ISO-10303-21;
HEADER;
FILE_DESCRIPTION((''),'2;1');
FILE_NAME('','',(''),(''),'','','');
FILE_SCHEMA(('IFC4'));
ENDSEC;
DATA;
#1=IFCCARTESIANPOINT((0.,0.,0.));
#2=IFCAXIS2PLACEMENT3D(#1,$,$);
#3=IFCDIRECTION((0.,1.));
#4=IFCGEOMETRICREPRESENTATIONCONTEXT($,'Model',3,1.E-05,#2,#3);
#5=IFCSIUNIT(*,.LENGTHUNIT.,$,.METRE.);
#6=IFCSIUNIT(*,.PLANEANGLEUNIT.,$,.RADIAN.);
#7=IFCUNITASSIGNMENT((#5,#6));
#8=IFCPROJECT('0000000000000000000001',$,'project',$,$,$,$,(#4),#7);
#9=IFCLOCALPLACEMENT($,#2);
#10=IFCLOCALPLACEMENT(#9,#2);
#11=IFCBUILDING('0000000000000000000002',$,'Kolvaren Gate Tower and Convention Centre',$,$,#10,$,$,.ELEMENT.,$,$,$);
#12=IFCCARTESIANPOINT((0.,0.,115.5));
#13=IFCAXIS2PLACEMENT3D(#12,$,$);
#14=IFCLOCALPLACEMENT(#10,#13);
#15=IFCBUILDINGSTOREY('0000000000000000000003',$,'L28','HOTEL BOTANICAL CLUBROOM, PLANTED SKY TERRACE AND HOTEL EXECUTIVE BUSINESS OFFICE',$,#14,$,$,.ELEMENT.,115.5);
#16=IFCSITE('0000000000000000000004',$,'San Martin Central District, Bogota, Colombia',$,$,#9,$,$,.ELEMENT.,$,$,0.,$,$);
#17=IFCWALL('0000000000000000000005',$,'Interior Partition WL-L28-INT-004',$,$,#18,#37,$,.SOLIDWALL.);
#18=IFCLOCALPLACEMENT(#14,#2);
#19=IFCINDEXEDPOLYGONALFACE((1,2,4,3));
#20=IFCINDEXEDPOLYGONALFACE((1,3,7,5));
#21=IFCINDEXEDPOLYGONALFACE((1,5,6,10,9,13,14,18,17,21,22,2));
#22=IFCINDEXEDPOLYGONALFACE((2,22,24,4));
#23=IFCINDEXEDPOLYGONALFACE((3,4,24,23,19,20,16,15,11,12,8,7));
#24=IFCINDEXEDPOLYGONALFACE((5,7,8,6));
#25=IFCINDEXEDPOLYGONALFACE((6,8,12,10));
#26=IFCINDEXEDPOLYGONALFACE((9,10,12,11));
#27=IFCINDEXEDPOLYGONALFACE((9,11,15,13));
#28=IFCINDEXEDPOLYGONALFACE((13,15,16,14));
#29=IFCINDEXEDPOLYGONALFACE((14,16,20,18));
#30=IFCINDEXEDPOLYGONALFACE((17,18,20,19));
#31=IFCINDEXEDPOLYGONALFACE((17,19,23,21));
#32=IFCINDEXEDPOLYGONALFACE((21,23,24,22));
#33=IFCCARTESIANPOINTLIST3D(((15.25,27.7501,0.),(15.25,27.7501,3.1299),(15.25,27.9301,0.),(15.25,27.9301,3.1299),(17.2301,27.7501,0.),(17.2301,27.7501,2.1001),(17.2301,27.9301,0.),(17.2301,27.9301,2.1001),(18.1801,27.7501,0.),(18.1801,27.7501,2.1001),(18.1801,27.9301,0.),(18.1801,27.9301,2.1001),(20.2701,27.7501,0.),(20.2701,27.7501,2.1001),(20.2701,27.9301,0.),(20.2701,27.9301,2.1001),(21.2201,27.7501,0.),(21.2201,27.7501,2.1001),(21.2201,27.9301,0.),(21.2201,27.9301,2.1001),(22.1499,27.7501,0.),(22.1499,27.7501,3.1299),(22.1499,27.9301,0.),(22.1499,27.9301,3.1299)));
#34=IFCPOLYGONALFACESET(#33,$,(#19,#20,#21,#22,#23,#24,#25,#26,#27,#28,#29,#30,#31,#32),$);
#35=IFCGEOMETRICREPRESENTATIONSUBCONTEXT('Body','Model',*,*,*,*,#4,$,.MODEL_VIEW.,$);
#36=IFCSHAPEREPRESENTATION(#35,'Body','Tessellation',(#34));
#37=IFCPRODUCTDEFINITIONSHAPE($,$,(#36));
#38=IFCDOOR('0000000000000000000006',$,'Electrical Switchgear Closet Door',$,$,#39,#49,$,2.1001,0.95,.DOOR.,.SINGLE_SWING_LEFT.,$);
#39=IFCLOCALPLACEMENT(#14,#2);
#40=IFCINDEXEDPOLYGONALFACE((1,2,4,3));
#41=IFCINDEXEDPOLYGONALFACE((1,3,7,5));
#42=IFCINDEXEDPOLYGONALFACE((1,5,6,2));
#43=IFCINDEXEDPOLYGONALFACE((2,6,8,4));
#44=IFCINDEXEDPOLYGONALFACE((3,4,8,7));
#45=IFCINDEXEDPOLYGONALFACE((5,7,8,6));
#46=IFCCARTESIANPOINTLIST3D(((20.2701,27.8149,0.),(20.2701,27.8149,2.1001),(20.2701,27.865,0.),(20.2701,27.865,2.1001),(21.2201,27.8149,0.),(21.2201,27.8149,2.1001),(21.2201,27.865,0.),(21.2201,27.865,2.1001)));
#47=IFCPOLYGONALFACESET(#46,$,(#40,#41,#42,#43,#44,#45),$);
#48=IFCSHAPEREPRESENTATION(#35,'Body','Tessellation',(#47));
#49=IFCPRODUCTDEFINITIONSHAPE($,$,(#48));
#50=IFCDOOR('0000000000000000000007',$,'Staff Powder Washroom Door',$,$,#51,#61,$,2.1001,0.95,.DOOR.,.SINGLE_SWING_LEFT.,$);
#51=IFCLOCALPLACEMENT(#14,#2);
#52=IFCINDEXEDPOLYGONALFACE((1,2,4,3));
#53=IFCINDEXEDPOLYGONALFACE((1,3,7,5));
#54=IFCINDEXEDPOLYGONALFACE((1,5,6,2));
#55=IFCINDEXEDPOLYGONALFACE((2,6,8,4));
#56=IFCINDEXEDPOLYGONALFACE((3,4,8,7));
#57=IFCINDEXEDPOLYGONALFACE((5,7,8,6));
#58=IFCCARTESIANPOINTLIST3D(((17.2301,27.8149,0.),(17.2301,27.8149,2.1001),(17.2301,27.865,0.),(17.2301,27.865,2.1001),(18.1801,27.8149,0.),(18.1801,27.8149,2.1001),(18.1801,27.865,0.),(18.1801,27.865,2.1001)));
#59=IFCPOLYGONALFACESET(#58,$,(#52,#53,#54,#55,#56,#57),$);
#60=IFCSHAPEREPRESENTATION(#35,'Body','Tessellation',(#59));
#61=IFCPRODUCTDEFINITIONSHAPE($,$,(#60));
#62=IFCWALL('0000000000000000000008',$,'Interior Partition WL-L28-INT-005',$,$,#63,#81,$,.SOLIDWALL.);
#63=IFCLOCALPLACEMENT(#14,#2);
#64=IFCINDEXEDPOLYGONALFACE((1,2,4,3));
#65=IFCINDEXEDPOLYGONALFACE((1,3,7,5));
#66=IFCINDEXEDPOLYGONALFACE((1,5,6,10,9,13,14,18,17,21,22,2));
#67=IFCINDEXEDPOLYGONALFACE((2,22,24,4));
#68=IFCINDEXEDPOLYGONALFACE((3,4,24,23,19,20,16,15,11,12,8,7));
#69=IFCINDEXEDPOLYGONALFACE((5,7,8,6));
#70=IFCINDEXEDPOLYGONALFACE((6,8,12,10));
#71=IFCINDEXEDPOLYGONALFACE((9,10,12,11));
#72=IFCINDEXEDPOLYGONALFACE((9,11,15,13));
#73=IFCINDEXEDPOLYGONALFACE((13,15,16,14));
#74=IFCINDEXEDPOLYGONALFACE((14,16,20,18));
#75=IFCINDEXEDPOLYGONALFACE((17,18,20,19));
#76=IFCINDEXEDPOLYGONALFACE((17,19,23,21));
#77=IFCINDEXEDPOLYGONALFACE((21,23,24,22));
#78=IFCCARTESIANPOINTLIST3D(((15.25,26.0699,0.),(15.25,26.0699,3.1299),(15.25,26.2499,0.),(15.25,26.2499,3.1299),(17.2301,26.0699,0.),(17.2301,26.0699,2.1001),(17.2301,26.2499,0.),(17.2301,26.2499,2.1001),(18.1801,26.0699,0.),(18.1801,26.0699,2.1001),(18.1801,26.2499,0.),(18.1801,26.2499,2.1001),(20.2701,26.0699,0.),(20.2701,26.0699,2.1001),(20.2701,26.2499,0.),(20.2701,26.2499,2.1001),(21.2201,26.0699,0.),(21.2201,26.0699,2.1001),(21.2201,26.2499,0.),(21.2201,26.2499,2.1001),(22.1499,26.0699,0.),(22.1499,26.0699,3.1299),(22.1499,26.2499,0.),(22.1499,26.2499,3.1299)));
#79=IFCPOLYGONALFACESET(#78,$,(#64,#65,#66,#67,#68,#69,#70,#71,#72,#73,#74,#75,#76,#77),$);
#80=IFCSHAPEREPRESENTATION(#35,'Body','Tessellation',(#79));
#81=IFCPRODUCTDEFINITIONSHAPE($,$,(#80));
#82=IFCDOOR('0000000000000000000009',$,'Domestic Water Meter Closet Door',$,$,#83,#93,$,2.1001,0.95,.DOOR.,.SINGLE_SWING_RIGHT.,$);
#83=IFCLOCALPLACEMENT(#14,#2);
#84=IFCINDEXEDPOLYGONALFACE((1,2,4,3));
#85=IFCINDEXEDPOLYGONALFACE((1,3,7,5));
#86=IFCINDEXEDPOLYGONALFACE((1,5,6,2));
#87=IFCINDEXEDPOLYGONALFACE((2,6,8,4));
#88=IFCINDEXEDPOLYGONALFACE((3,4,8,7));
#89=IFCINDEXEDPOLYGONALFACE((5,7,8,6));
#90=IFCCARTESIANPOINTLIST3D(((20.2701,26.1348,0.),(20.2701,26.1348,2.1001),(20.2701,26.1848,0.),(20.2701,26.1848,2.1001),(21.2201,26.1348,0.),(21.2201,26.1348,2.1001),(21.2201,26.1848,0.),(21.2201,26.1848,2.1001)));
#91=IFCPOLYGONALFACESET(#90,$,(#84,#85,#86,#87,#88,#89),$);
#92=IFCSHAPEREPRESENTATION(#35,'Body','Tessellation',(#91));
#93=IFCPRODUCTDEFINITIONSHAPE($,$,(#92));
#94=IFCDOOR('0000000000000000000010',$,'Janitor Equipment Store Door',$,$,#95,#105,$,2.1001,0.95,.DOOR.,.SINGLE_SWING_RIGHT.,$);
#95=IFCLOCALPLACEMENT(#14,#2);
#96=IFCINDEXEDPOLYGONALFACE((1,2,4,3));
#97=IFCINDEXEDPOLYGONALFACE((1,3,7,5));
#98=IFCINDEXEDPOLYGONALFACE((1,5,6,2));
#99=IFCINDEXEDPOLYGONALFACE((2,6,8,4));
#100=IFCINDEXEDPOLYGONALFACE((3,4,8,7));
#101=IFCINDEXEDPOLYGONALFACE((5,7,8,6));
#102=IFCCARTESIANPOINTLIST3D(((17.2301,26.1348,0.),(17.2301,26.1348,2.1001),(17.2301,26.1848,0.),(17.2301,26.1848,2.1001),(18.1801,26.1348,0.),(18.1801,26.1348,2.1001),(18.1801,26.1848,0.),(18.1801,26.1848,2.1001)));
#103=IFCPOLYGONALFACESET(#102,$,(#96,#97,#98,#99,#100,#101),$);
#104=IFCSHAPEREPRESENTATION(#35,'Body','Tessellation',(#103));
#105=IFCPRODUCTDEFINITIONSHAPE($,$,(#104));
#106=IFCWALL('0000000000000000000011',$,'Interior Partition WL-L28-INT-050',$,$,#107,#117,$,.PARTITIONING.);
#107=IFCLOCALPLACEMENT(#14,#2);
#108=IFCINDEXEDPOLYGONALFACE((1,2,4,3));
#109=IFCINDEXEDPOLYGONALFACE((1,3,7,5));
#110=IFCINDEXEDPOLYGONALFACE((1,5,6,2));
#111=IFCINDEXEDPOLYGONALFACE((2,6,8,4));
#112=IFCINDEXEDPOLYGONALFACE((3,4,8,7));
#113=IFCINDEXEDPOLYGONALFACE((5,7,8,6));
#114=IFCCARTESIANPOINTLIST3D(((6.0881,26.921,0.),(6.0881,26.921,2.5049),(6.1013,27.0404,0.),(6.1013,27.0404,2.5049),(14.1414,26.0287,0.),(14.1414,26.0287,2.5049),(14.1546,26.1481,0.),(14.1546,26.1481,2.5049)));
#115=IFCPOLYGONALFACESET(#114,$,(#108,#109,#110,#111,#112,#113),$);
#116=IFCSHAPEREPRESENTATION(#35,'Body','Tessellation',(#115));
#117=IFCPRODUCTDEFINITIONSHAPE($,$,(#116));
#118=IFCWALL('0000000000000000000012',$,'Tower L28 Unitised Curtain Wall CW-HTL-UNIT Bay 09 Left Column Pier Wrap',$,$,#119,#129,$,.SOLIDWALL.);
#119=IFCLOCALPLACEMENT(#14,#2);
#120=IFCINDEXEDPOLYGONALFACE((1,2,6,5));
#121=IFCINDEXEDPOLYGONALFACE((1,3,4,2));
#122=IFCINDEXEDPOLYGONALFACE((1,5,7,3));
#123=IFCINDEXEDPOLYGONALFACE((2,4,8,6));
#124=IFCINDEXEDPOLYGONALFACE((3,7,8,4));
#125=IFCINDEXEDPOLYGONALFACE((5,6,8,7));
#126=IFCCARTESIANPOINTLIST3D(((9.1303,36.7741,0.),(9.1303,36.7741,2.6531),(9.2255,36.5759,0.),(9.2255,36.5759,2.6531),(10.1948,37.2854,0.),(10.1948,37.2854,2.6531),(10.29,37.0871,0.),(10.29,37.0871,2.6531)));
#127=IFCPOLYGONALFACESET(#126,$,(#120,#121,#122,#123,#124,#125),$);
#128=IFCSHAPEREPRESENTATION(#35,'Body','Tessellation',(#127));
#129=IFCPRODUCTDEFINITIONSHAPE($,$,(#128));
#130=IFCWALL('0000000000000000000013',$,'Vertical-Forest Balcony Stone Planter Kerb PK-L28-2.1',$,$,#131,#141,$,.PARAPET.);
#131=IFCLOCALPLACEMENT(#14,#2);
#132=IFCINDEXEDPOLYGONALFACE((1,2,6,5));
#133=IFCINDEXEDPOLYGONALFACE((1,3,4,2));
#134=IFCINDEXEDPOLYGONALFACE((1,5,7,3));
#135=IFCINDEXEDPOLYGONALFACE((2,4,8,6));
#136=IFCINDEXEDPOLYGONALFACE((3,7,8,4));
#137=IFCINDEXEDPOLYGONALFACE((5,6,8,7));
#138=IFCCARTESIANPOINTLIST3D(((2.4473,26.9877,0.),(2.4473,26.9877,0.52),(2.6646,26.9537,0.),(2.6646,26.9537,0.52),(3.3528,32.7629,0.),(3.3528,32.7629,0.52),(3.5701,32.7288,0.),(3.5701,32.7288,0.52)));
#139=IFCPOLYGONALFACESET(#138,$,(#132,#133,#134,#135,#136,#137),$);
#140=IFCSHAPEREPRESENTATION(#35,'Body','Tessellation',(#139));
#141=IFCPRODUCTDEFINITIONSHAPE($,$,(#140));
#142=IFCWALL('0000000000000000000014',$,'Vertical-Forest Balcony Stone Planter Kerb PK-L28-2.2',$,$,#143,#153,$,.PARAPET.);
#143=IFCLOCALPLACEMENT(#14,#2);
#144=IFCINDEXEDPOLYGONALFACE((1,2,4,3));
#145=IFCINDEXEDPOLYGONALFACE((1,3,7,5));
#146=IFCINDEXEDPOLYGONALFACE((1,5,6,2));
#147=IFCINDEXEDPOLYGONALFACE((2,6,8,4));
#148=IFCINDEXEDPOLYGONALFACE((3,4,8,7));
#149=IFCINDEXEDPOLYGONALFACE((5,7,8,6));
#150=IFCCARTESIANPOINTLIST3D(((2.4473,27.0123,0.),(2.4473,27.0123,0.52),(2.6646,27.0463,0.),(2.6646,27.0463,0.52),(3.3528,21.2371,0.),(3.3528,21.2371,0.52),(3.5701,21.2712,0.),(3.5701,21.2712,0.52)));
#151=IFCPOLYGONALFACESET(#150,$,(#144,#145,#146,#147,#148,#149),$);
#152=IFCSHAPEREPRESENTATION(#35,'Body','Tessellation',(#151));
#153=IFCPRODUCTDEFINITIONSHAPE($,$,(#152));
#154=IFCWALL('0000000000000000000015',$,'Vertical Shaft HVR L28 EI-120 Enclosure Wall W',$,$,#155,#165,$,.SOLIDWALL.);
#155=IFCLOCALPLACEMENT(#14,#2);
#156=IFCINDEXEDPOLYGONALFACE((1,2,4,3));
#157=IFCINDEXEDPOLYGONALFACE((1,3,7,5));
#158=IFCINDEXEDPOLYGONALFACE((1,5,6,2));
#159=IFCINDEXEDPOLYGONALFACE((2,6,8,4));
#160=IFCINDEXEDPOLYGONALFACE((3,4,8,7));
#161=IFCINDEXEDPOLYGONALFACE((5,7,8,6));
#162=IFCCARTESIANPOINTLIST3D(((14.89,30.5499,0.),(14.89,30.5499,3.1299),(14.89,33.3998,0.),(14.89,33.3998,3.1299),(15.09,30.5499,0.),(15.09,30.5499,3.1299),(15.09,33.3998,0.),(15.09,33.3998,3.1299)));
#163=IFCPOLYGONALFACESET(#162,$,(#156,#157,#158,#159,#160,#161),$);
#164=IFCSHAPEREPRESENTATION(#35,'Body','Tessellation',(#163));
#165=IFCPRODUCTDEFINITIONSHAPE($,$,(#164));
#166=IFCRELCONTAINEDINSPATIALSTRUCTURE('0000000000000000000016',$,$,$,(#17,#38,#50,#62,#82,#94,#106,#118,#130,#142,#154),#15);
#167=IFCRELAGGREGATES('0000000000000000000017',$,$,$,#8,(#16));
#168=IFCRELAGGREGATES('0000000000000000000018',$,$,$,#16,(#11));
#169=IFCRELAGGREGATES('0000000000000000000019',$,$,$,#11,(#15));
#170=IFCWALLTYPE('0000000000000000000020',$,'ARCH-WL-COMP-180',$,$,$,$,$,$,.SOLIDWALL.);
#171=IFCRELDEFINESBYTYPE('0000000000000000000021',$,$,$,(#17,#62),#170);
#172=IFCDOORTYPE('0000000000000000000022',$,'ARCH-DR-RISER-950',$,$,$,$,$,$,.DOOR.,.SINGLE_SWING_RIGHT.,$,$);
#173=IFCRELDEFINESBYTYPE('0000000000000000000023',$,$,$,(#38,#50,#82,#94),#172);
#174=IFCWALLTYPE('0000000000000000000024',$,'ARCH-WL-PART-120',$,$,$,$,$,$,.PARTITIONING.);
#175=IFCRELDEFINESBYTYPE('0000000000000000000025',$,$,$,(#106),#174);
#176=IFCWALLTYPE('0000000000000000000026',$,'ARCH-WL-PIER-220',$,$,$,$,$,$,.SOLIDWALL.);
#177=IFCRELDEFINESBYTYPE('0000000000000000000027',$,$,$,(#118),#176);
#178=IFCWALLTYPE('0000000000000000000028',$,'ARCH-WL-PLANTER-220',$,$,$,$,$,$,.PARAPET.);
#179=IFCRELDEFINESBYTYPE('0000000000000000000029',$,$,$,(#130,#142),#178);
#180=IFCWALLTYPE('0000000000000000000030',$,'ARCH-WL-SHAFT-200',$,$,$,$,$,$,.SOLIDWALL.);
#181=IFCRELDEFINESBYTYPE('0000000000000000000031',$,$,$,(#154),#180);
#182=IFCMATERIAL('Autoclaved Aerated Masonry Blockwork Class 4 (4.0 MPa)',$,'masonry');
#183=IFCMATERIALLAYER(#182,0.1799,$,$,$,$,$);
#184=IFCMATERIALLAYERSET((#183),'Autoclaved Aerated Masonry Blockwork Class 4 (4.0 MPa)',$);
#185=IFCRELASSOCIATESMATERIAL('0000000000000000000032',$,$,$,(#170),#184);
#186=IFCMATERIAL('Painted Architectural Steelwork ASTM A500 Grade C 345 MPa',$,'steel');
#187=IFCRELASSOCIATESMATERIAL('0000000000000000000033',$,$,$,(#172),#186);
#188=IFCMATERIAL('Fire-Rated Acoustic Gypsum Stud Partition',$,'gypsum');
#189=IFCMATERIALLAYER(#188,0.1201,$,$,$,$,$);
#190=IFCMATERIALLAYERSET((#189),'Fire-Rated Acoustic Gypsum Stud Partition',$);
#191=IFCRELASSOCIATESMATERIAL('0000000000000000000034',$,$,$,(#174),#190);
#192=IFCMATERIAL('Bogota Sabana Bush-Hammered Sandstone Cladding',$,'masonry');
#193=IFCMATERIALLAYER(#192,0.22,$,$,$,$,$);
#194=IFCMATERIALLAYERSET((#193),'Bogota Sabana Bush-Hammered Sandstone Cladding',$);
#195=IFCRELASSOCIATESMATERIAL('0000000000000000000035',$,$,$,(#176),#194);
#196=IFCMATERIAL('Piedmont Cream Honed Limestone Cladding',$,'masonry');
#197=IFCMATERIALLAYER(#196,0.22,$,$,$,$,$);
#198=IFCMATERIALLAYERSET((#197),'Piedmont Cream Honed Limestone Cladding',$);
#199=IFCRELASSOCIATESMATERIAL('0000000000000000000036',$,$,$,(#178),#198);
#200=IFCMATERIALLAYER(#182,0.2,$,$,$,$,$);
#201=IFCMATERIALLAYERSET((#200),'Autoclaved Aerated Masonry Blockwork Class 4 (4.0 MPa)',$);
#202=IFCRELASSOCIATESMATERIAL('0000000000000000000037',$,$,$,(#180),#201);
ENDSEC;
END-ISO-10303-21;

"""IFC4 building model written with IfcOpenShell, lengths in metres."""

from ifc_helpers import new_model, si_unit, direction, frame, frame_2d, origin, place, context, subcontext, project, spatial, rectangle, extrude, material, layer, layer_set, type_object, element, fill, save


model = new_model("IFC4")

# Units and contexts
model_context = context("Model", 3, precision=1e-05, world=origin(), true_north=direction((0.0, 1.0)))
body_context = subcontext(model_context, "Body", "Model", "MODEL_VIEW")
ifc_project = project(units=[si_unit("LENGTHUNIT", "METRE"), si_unit("PLANEANGLEUNIT", "RADIAN")], contexts=[model_context])

# Site, building, storey
site_placement = place(None, origin())
site = spatial("IfcSite", under=ifc_project, at=site_placement, Name="San Martin Central District, Bogota, Colombia", CompositionType="ELEMENT", RefElevation=0.0)
building_placement = place(site_placement, origin())
building = spatial("IfcBuilding", under=site, at=building_placement, Name="Kolvaren Gate Tower and Convention Centre", CompositionType="ELEMENT")
storey_placement = place(building_placement, frame((0.0, 0.0, 115.5)))
storey = spatial("IfcBuildingStorey", under=building, at=storey_placement, Name="L28", Description="HOTEL BOTANICAL CLUBROOM, PLANTED SKY TERRACE AND HOTEL EXECUTIVE BUSINESS OFFICE", CompositionType="ELEMENT", Elevation=115.5)

# Walls, openings, doors
ifc_material_1 = material(Name="Autoclaved Aerated Masonry Blockwork Class 4 (4.0 MPa)", Category="masonry")
ifc_layer_1 = layer(ifc_material_1, 0.1799)
ifc_layer_set_1 = layer_set([ifc_layer_1], Name="Autoclaved Aerated Masonry Blockwork Class 4 (4.0 MPa)")
wall_type_1 = type_object("IfcWallType", Name="ARCH-WL-COMP-180", PredefinedType="SOLIDWALL", material=ifc_layer_set_1)
wall_1_placement = place(storey_placement, frame((15.25, 27.8401, 0.0), z_axis=(0.0, 0.0, 1.0), x_axis=(1.0, 0.0, 0.0)))
wall_1 = element("IfcWall", 1, at=wall_1_placement, inside=storey, type_object=wall_type_1, Name="Interior Partition WL-L28-INT-004", PredefinedType="SOLIDWALL", context=body_context, shape_type="SweptSolid", body=[
    extrude(rectangle(XDim=6.8999, YDim=0.1799, at=frame_2d((3.45, 0.0))), origin(), (0.0, 0.0, 1.0), 3.1299),
])
opening_1_placement = place(wall_1_placement, frame((5.02, 0.0, 0.0)))
opening_1 = element("IfcOpeningElement", 2, at=opening_1_placement, cuts=wall_1, PredefinedType="OPENING", context=body_context, shape_type="SweptSolid", body=[
    extrude(rectangle(XDim=0.95, YDim=2.1001, at=frame_2d((0.4751, 1.05))), frame((0.0, 0.0999, 0.0), z_axis=(0.0, -1.0, 0.0), x_axis=(1.0, 0.0, 0.0)), (0.0, 0.0, 1.0), 0.2),
])
opening_2_placement = place(wall_1_placement, frame((1.98, 0.0, 0.0)))
opening_2 = element("IfcOpeningElement", 3, at=opening_2_placement, cuts=wall_1, PredefinedType="OPENING", context=body_context, shape_type="SweptSolid", body=[
    extrude(rectangle(XDim=0.95, YDim=2.1001, at=frame_2d((0.4751, 1.05))), frame((0.0, 0.0999, 0.0), z_axis=(0.0, -1.0, 0.0), x_axis=(1.0, 0.0, 0.0)), (0.0, 0.0, 1.0), 0.2),
])
ifc_material_2 = material(Name="Painted Architectural Steelwork ASTM A500 Grade C 345 MPa", Category="steel")
door_type_1 = type_object("IfcDoorType", Name="ARCH-DR-RISER-950", OperationType="SINGLE_SWING_RIGHT", PredefinedType="DOOR", material=ifc_material_2)
door_1_placement = place(opening_1_placement, origin())
door_1 = element("IfcDoor", 4, at=door_1_placement, inside=storey, type_object=door_type_1, Name="Electrical Switchgear Closet Door", OperationType="SINGLE_SWING_LEFT", OverallHeight=2.1001, OverallWidth=0.95, PredefinedType="DOOR", context=body_context, shape_type="SweptSolid", body=[
    extrude(rectangle(XDim=0.95, YDim=2.1001, at=frame_2d((0.4751, 1.05))), frame((0.0, 0.0249, 0.0), z_axis=(0.0, -1.0, 0.0), x_axis=(1.0, 0.0, 0.0)), (0.0, 0.0, 1.0), 0.05),
])
fill(opening_1, door_1)
door_2_placement = place(opening_2_placement, origin())
door_2 = element("IfcDoor", 5, at=door_2_placement, inside=storey, type_object=door_type_1, Name="Staff Powder Washroom Door", OperationType="SINGLE_SWING_LEFT", OverallHeight=2.1001, OverallWidth=0.95, PredefinedType="DOOR", context=body_context, shape_type="SweptSolid", body=[
    extrude(rectangle(XDim=0.95, YDim=2.1001, at=frame_2d((0.4751, 1.05))), frame((0.0, 0.0249, 0.0), z_axis=(0.0, -1.0, 0.0), x_axis=(1.0, 0.0, 0.0)), (0.0, 0.0, 1.0), 0.05),
])
fill(opening_2, door_2)
wall_2_placement = place(storey_placement, frame((15.25, 26.1599, 0.0), z_axis=(0.0, 0.0, 1.0), x_axis=(1.0, 0.0, 0.0)))
wall_2 = element("IfcWall", 6, at=wall_2_placement, inside=storey, type_object=wall_type_1, Name="Interior Partition WL-L28-INT-005", PredefinedType="SOLIDWALL", context=body_context, shape_type="SweptSolid", body=[
    extrude(rectangle(XDim=6.8999, YDim=0.1799, at=frame_2d((3.45, 0.0))), origin(), (0.0, 0.0, 1.0), 3.1299),
])
opening_3_placement = place(wall_2_placement, frame((5.02, 0.0, 0.0)))
opening_3 = element("IfcOpeningElement", 7, at=opening_3_placement, cuts=wall_2, PredefinedType="OPENING", context=body_context, shape_type="SweptSolid", body=[
    extrude(rectangle(XDim=0.95, YDim=2.1001, at=frame_2d((0.4751, 1.05))), frame((0.0, 0.0999, 0.0), z_axis=(0.0, -1.0, 0.0), x_axis=(1.0, 0.0, 0.0)), (0.0, 0.0, 1.0), 0.2),
])
opening_4_placement = place(wall_2_placement, frame((1.98, 0.0, 0.0)))
opening_4 = element("IfcOpeningElement", 8, at=opening_4_placement, cuts=wall_2, PredefinedType="OPENING", context=body_context, shape_type="SweptSolid", body=[
    extrude(rectangle(XDim=0.95, YDim=2.1001, at=frame_2d((0.4751, 1.05))), frame((0.0, 0.0999, 0.0), z_axis=(0.0, -1.0, 0.0), x_axis=(1.0, 0.0, 0.0)), (0.0, 0.0, 1.0), 0.2),
])
door_3_placement = place(opening_3_placement, origin())
door_3 = element("IfcDoor", 9, at=door_3_placement, inside=storey, type_object=door_type_1, Name="Domestic Water Meter Closet Door", OperationType="SINGLE_SWING_RIGHT", OverallHeight=2.1001, OverallWidth=0.95, PredefinedType="DOOR", context=body_context, shape_type="SweptSolid", body=[
    extrude(rectangle(XDim=0.95, YDim=2.1001, at=frame_2d((0.4751, 1.05))), frame((0.0, 0.0249, 0.0), z_axis=(0.0, -1.0, 0.0), x_axis=(1.0, 0.0, 0.0)), (0.0, 0.0, 1.0), 0.05),
])
fill(opening_3, door_3)
door_4_placement = place(opening_4_placement, origin())
door_4 = element("IfcDoor", 10, at=door_4_placement, inside=storey, type_object=door_type_1, Name="Janitor Equipment Store Door", OperationType="SINGLE_SWING_RIGHT", OverallHeight=2.1001, OverallWidth=0.95, PredefinedType="DOOR", context=body_context, shape_type="SweptSolid", body=[
    extrude(rectangle(XDim=0.95, YDim=2.1001, at=frame_2d((0.4751, 1.05))), frame((0.0, 0.0249, 0.0), z_axis=(0.0, -1.0, 0.0), x_axis=(1.0, 0.0, 0.0)), (0.0, 0.0, 1.0), 0.05),
])
fill(opening_4, door_4)

# Walls
ifc_material_3 = material(Name="Fire-Rated Acoustic Gypsum Stud Partition", Category="gypsum")
ifc_layer_2 = layer(ifc_material_3, 0.1201)
ifc_layer_set_2 = layer_set([ifc_layer_2], Name="Fire-Rated Acoustic Gypsum Stud Partition")
wall_type_2 = type_object("IfcWallType", Name="ARCH-WL-PART-120", PredefinedType="PARTITIONING", material=ifc_layer_set_2)
wall_3_placement = place(storey_placement, frame((6.0947, 26.9807, 0.0), z_axis=(0.0, 0.0, 1.0), x_axis=(0.993917, -0.110131, 0.0)))
element("IfcWall", 11, at=wall_3_placement, inside=storey, type_object=wall_type_2, Name="Interior Partition WL-L28-INT-050", PredefinedType="PARTITIONING", context=body_context, shape_type="SweptSolid", body=[
    extrude(rectangle(XDim=8.1025, YDim=0.1201, at=frame_2d((4.0513, 0.0))), origin(), (0.0, 0.0, 1.0), 2.5049),
])
ifc_material_4 = material(Name="Bogota Sabana Bush-Hammered Sandstone Cladding", Category="masonry")
ifc_layer_3 = layer(ifc_material_4, 0.22)
ifc_layer_set_3 = layer_set([ifc_layer_3], Name="Bogota Sabana Bush-Hammered Sandstone Cladding")
wall_type_3 = type_object("IfcWallType", Name="ARCH-WL-PIER-220", PredefinedType="SOLIDWALL", material=ifc_layer_set_3)
wall_4_placement = place(storey_placement, frame((9.178, 36.675, 0.0), z_axis=(0.0, 0.0, 1.0), x_axis=(0.901426, 0.432933, 0.0)))
element("IfcWall", 12, at=wall_4_placement, inside=storey, type_object=wall_type_3, Name="Tower L28 Unitised Curtain Wall CW-HTL-UNIT Bay 09 Left Column Pier Wrap", PredefinedType="SOLIDWALL", context=body_context, shape_type="SweptSolid", body=[
    extrude(rectangle(XDim=1.1809, YDim=0.22, at=frame_2d((0.5903, 0.0))), origin(), (0.0, 0.0, 1.0), 2.6531),
])
ifc_material_5 = material(Name="Piedmont Cream Honed Limestone Cladding", Category="masonry")
ifc_layer_4 = layer(ifc_material_5, 0.22)
ifc_layer_set_4 = layer_set([ifc_layer_4], Name="Piedmont Cream Honed Limestone Cladding")
wall_type_4 = type_object("IfcWallType", Name="ARCH-WL-PLANTER-220", PredefinedType="PARAPET", material=ifc_layer_set_4)
for number, where, z_axis, x_axis, name in (
    (13, (2.5559, 26.9707, 0.0), (0.0, 0.0, 1.0), (0.154903, 0.98793, 0.0), "Vertical-Forest Balcony Stone Planter Kerb PK-L28-2.1"),
    (14, (2.5559, 27.0293, 0.0), (0.0, 0.0, 1.0), (0.154903, -0.98793, 0.0), "Vertical-Forest Balcony Stone Planter Kerb PK-L28-2.2"),
):
    element("IfcWall", number, at=place(storey_placement, frame(where, z_axis=z_axis, x_axis=x_axis)), inside=storey, type_object=wall_type_4, Name=name, PredefinedType="PARAPET", context=body_context, shape_type="SweptSolid", body=[
        extrude(rectangle(XDim=5.8457, YDim=0.22, at=frame_2d((2.9229, 0.0))), origin(), (0.0, 0.0, 1.0), 0.52),
    ])
ifc_layer_5 = layer(ifc_material_1, 0.2)
ifc_layer_set_5 = layer_set([ifc_layer_5], Name="Autoclaved Aerated Masonry Blockwork Class 4 (4.0 MPa)")
wall_type_5 = type_object("IfcWallType", Name="ARCH-WL-SHAFT-200", PredefinedType="SOLIDWALL", material=ifc_layer_set_5)
wall_5_placement = place(storey_placement, frame((14.99, 30.55, 0.0), z_axis=(0.0, 0.0, 1.0), x_axis=(0.0, 1.0, 0.0)))
element("IfcWall", 15, at=wall_5_placement, inside=storey, type_object=wall_type_5, Name="Vertical Shaft HVR L28 EI-120 Enclosure Wall W", PredefinedType="SOLIDWALL", context=body_context, shape_type="SweptSolid", body=[
    extrude(rectangle(XDim=2.8499, YDim=0.2, at=frame_2d((1.4248, 0.0))), origin(), (0.0, 0.0, 1.0), 3.1299),
])

save(model, "model.ifc")
